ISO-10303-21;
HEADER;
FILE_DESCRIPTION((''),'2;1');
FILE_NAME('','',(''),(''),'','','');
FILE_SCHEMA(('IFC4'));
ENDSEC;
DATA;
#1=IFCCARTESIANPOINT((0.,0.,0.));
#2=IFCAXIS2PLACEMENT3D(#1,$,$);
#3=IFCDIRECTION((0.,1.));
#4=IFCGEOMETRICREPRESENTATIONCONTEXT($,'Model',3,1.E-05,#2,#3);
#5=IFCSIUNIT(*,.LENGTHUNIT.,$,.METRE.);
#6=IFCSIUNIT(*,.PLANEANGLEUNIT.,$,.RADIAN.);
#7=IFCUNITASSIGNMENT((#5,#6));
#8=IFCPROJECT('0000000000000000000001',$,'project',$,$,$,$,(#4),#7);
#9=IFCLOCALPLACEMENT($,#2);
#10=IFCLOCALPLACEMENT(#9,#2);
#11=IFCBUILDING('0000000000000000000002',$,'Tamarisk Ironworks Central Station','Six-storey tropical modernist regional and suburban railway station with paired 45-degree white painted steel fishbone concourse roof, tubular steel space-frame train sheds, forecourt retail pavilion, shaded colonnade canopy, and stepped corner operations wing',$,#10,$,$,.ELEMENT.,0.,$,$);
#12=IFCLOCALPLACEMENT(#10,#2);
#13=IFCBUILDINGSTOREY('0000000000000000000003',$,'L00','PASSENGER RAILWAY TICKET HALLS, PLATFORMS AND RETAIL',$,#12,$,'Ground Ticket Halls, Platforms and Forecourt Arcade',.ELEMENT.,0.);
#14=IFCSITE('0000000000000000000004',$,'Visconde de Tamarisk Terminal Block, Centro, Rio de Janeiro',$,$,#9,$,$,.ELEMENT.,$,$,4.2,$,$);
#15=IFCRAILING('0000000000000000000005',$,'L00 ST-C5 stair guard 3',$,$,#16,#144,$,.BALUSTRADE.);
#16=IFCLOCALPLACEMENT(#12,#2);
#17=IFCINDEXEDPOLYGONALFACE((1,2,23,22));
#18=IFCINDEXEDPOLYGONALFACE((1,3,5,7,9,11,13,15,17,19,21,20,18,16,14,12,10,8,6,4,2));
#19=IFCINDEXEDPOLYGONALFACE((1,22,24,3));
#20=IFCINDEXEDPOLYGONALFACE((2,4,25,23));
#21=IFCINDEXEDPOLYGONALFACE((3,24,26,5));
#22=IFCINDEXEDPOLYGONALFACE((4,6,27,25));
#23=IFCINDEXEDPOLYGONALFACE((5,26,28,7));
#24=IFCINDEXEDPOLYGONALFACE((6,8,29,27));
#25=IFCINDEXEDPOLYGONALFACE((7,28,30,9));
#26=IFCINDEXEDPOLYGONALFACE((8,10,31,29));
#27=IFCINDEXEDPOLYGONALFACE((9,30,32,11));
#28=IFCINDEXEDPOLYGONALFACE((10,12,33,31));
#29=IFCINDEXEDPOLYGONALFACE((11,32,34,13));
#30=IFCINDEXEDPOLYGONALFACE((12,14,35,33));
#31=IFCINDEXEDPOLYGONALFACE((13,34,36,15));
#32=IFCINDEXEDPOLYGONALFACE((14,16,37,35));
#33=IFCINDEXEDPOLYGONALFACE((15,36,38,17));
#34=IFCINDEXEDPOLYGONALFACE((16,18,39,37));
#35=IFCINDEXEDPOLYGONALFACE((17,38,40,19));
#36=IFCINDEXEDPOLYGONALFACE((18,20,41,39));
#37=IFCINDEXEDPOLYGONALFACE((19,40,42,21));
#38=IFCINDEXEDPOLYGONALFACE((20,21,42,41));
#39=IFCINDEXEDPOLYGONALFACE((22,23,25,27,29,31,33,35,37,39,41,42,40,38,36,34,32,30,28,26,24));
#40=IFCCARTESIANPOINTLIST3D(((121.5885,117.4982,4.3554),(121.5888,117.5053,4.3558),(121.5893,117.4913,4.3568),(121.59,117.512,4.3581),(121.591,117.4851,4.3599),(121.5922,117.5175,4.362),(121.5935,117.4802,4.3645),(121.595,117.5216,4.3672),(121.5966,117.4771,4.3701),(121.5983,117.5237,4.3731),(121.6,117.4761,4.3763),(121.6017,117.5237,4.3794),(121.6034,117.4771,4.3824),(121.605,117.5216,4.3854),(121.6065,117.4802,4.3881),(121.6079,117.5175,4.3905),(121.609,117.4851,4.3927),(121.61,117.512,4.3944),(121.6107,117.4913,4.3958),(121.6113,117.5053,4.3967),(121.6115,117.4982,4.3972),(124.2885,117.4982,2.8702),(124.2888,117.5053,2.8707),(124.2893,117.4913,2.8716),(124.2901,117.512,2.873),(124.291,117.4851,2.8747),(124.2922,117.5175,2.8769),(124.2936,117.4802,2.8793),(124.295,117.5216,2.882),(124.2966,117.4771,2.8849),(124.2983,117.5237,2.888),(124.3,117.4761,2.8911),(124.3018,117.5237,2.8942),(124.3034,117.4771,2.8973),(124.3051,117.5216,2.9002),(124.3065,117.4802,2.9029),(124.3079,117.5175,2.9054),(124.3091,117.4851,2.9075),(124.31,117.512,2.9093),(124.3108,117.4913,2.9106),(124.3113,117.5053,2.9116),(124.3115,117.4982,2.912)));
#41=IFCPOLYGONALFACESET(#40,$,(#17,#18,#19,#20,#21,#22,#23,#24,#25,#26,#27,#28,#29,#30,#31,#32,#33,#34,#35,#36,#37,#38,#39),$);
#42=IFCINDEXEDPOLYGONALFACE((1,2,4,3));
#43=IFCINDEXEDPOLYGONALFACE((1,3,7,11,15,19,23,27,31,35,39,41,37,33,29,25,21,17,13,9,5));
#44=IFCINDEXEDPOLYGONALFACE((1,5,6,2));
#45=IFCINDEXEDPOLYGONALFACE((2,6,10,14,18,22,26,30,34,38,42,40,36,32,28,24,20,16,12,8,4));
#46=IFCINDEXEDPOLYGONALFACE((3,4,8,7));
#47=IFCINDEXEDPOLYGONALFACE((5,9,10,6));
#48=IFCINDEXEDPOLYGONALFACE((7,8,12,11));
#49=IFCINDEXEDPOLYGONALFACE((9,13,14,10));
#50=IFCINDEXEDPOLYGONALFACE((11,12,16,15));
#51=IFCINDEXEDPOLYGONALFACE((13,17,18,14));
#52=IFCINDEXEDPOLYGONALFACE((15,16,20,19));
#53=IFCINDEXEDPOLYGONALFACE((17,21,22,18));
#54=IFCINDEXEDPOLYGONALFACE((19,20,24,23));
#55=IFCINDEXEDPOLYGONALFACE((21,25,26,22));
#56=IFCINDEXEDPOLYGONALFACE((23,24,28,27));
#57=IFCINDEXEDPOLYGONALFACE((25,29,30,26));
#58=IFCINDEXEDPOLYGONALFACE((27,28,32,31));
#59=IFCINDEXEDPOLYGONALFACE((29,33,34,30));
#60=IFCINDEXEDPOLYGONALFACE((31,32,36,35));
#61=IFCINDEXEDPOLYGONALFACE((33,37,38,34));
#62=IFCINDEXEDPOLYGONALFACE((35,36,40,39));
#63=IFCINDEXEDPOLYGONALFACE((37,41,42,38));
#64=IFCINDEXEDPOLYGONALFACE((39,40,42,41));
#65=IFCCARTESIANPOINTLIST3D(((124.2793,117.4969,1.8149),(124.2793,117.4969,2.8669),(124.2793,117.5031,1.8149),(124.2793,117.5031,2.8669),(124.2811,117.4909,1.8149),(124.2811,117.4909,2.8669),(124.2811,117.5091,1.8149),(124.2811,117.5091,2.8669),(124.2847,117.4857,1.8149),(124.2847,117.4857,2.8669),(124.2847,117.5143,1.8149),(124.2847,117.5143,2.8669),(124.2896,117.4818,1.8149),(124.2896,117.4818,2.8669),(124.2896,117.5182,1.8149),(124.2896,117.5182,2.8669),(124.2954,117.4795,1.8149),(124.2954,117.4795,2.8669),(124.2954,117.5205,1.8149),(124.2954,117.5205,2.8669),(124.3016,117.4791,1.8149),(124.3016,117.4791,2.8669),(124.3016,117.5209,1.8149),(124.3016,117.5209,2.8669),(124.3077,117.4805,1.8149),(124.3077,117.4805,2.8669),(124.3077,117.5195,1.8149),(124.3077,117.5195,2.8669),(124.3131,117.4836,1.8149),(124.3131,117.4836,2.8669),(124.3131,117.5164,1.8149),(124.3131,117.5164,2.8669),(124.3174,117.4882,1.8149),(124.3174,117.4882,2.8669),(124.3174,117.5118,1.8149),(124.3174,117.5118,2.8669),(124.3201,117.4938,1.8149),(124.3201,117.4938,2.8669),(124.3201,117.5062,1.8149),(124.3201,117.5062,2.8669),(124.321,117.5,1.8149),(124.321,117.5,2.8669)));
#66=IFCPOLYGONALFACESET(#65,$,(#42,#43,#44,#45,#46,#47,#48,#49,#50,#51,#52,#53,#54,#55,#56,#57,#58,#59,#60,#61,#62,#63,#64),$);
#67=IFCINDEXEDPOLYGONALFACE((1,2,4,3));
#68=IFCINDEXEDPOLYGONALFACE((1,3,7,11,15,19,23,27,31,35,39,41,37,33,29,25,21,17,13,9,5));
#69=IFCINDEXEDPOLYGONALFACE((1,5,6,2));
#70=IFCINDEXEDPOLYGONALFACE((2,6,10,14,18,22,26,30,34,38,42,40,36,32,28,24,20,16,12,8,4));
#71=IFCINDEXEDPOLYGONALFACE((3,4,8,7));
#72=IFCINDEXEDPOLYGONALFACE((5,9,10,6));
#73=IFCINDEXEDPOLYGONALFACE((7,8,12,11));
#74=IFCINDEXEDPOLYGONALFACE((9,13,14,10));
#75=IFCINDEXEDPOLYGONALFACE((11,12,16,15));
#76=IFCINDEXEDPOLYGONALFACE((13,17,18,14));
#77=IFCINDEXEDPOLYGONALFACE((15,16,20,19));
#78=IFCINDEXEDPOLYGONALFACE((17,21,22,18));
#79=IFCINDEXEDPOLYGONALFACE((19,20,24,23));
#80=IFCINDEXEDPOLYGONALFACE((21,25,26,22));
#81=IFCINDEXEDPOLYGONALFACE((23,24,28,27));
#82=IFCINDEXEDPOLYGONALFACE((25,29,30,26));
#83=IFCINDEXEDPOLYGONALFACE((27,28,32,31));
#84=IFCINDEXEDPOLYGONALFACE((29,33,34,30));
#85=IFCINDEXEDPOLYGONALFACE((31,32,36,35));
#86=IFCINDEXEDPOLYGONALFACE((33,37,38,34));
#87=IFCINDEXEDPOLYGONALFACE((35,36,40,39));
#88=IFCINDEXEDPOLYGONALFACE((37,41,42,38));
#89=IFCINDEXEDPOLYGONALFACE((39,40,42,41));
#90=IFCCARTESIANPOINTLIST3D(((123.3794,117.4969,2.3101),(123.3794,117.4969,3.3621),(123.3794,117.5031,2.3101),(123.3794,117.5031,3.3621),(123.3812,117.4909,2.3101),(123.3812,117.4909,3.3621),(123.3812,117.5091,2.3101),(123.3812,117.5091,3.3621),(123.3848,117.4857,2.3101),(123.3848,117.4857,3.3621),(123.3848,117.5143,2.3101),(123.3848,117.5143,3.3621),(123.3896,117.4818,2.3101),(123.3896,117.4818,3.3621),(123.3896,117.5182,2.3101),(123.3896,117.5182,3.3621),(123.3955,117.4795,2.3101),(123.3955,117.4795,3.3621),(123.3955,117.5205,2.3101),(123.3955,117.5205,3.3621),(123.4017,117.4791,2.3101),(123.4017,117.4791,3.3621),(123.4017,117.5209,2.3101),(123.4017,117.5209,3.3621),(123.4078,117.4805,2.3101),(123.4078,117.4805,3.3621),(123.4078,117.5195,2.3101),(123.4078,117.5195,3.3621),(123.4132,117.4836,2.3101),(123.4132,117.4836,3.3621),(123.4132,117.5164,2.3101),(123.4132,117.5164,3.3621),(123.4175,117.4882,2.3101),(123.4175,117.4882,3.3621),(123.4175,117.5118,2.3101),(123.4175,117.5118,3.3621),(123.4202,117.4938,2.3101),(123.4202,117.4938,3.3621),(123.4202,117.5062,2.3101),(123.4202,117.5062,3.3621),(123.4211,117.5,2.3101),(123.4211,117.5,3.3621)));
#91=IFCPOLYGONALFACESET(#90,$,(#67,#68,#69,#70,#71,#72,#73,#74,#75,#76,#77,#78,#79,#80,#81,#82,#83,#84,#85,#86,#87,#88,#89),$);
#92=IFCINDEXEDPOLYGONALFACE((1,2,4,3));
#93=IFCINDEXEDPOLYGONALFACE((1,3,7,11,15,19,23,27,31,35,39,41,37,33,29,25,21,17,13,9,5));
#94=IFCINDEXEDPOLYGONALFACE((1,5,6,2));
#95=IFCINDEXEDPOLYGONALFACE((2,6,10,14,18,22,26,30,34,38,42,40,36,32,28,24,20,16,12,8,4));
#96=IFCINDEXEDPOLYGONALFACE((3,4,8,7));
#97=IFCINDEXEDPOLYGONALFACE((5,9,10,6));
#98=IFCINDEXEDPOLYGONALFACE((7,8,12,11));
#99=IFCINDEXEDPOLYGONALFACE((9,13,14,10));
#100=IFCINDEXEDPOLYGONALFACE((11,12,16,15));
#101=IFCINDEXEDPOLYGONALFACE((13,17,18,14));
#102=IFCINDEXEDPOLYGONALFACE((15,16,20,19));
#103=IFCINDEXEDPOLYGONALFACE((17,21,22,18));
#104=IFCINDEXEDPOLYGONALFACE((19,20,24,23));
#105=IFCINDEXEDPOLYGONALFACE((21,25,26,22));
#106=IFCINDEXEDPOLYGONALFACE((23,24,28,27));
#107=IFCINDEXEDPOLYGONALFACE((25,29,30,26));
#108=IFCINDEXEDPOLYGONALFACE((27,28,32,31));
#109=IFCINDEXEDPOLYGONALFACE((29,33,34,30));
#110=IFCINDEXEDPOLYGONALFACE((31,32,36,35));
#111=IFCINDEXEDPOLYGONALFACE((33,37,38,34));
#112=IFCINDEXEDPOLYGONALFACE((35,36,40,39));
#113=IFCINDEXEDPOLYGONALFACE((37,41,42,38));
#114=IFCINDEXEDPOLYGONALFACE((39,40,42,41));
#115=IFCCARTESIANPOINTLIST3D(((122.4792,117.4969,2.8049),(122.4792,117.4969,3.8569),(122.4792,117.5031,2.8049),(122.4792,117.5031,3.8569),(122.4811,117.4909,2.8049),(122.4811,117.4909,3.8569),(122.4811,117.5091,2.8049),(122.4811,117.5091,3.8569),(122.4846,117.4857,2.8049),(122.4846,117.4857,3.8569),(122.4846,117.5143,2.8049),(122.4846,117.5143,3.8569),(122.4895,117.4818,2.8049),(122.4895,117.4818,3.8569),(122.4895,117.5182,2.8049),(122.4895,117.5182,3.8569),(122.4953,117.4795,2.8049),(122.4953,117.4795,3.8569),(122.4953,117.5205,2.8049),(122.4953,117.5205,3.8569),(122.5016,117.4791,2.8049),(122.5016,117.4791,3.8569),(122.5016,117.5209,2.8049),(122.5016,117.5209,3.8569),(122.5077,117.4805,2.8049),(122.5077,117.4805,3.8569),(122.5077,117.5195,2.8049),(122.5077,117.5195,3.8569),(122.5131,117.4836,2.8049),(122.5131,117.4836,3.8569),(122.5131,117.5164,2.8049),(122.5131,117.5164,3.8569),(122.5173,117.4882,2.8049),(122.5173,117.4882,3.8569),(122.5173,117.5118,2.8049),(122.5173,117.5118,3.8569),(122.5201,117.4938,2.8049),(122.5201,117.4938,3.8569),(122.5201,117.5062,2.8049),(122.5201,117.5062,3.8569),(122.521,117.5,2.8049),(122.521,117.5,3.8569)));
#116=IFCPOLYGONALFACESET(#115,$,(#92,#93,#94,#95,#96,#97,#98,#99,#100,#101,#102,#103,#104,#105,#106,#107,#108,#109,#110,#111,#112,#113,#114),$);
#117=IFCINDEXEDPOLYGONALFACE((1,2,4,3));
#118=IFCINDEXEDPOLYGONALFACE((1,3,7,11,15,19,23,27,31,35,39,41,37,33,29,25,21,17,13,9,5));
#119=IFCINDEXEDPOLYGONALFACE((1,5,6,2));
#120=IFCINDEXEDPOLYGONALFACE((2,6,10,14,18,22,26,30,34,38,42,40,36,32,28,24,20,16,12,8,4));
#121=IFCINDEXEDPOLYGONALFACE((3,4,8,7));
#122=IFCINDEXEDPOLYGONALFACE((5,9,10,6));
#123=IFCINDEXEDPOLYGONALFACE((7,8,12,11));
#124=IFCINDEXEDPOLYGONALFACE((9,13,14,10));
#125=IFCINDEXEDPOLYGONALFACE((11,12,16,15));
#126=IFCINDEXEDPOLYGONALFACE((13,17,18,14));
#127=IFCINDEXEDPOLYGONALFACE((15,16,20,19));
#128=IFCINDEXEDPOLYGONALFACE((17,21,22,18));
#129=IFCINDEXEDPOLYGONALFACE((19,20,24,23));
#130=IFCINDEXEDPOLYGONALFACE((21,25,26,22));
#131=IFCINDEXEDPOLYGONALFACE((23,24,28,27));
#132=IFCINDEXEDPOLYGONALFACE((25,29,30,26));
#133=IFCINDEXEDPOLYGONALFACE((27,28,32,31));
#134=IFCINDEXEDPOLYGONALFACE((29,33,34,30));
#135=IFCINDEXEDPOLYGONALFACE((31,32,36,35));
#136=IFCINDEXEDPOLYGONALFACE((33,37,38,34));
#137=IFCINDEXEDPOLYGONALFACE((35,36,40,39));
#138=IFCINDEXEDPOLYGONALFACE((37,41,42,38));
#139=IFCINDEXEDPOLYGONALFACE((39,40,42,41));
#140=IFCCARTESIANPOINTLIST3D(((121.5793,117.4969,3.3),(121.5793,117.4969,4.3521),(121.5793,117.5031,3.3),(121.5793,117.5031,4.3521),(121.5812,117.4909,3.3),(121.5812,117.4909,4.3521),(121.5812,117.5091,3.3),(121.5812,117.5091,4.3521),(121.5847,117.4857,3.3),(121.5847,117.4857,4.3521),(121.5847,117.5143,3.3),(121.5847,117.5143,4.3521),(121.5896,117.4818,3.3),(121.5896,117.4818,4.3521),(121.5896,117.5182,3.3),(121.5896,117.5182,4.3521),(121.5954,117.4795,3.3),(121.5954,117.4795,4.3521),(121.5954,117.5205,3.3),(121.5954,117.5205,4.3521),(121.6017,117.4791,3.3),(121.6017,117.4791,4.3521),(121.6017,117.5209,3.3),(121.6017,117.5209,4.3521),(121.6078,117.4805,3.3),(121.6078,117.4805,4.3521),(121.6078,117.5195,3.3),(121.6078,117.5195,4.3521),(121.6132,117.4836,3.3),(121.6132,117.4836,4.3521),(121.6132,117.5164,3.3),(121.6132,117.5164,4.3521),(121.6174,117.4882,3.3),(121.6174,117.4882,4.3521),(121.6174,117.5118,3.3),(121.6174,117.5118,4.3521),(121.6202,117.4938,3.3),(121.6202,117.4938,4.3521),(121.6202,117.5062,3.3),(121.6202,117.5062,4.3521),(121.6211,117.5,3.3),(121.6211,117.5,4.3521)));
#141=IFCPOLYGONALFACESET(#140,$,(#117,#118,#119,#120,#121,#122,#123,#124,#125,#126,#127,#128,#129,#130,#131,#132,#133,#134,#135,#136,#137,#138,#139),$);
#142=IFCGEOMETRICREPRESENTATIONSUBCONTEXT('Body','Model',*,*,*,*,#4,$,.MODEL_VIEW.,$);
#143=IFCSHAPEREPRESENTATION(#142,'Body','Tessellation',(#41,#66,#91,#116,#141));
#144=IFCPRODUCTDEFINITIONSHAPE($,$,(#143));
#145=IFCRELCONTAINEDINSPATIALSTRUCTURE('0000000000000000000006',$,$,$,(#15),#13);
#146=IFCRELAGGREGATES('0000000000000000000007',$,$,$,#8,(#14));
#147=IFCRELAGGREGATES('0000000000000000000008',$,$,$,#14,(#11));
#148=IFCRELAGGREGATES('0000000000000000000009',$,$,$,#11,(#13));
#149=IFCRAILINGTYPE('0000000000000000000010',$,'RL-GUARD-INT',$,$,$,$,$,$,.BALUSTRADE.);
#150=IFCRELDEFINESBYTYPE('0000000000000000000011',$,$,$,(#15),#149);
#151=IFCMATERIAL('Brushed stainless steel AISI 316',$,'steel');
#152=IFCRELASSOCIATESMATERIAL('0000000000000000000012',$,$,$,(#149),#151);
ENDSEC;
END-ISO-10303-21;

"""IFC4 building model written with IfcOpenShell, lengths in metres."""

from ifc_helpers import new_model, si_unit, direction, frame, origin, origin_2d, place, context, subcontext, project, spatial, circle, extrude, material, type_object, element, save


model = new_model("IFC4")

# Units and contexts
model_context = context("Model", 3, precision=1e-05, world=origin(), true_north=direction((0.0, 1.0)))
body_context = subcontext(model_context, "Body", "Model", "MODEL_VIEW")
ifc_project = project(units=[si_unit("LENGTHUNIT", "METRE"), si_unit("PLANEANGLEUNIT", "RADIAN")], contexts=[model_context])

# Site, building, storey
site_placement = place(None, origin())
site = spatial("IfcSite", under=ifc_project, at=site_placement, Name="Visconde de Tamarisk Terminal Block, Centro, Rio de Janeiro", CompositionType="ELEMENT", RefElevation=4.2)
building_placement = place(site_placement, origin())
building = spatial("IfcBuilding", under=site, at=building_placement, Name="Tamarisk Ironworks Central Station", Description="Six-storey tropical modernist regional and suburban railway station with paired 45-degree white painted steel fishbone concourse roof, tubular steel space-frame train sheds, forecourt retail pavilion, shaded colonnade canopy, and stepped corner operations wing", CompositionType="ELEMENT", ElevationOfRefHeight=0.0)
storey_placement = place(building_placement, origin())
storey = spatial("IfcBuildingStorey", under=building, at=storey_placement, Name="L00", Description="PASSENGER RAILWAY TICKET HALLS, PLATFORMS AND RETAIL", LongName="Ground Ticket Halls, Platforms and Forecourt Arcade", CompositionType="ELEMENT", Elevation=0.0)

# Railing
ifc_material_1 = material(Name="Brushed stainless steel AISI 316", Category="steel")
railing_type_1 = type_object("IfcRailingType", Name="RL-GUARD-INT", PredefinedType="BALUSTRADE", material=ifc_material_1)
railing_1_placement = place(storey_placement, frame((124.3, 117.5, 1.8149)))
element("IfcRailing", 1, at=railing_1_placement, inside=storey, type_object=railing_type_1, Name="L00 ST-C5 stair guard 3", PredefinedType="BALUSTRADE", context=body_context, shape_type="SweptSolid", body=[
    extrude(circle(Radius=0.0239, at=origin_2d()), frame((0.0, 0.0, 1.0762), z_axis=(-0.876198, 0.0, 0.481952), x_axis=(0.0, -1.0, 0.0)), (0.0, 0.0, 1.0), 3.0815),
    extrude(circle(Radius=0.021, at=origin_2d()), origin(), (0.0, 0.0, 1.0), 1.052),
    extrude(circle(Radius=0.021, at=origin_2d()), frame((-0.8999, 0.0, 0.4951)), (0.0, 0.0, 1.0), 1.052),
    extrude(circle(Radius=0.021, at=origin_2d()), frame((-1.8, 0.0, 0.99)), (0.0, 0.0, 1.0), 1.052),
    extrude(circle(Radius=0.021, at=origin_2d()), frame((-2.7, 0.0, 1.4851)), (0.0, 0.0, 1.0), 1.052),
])

save(model, "model.ifc")
